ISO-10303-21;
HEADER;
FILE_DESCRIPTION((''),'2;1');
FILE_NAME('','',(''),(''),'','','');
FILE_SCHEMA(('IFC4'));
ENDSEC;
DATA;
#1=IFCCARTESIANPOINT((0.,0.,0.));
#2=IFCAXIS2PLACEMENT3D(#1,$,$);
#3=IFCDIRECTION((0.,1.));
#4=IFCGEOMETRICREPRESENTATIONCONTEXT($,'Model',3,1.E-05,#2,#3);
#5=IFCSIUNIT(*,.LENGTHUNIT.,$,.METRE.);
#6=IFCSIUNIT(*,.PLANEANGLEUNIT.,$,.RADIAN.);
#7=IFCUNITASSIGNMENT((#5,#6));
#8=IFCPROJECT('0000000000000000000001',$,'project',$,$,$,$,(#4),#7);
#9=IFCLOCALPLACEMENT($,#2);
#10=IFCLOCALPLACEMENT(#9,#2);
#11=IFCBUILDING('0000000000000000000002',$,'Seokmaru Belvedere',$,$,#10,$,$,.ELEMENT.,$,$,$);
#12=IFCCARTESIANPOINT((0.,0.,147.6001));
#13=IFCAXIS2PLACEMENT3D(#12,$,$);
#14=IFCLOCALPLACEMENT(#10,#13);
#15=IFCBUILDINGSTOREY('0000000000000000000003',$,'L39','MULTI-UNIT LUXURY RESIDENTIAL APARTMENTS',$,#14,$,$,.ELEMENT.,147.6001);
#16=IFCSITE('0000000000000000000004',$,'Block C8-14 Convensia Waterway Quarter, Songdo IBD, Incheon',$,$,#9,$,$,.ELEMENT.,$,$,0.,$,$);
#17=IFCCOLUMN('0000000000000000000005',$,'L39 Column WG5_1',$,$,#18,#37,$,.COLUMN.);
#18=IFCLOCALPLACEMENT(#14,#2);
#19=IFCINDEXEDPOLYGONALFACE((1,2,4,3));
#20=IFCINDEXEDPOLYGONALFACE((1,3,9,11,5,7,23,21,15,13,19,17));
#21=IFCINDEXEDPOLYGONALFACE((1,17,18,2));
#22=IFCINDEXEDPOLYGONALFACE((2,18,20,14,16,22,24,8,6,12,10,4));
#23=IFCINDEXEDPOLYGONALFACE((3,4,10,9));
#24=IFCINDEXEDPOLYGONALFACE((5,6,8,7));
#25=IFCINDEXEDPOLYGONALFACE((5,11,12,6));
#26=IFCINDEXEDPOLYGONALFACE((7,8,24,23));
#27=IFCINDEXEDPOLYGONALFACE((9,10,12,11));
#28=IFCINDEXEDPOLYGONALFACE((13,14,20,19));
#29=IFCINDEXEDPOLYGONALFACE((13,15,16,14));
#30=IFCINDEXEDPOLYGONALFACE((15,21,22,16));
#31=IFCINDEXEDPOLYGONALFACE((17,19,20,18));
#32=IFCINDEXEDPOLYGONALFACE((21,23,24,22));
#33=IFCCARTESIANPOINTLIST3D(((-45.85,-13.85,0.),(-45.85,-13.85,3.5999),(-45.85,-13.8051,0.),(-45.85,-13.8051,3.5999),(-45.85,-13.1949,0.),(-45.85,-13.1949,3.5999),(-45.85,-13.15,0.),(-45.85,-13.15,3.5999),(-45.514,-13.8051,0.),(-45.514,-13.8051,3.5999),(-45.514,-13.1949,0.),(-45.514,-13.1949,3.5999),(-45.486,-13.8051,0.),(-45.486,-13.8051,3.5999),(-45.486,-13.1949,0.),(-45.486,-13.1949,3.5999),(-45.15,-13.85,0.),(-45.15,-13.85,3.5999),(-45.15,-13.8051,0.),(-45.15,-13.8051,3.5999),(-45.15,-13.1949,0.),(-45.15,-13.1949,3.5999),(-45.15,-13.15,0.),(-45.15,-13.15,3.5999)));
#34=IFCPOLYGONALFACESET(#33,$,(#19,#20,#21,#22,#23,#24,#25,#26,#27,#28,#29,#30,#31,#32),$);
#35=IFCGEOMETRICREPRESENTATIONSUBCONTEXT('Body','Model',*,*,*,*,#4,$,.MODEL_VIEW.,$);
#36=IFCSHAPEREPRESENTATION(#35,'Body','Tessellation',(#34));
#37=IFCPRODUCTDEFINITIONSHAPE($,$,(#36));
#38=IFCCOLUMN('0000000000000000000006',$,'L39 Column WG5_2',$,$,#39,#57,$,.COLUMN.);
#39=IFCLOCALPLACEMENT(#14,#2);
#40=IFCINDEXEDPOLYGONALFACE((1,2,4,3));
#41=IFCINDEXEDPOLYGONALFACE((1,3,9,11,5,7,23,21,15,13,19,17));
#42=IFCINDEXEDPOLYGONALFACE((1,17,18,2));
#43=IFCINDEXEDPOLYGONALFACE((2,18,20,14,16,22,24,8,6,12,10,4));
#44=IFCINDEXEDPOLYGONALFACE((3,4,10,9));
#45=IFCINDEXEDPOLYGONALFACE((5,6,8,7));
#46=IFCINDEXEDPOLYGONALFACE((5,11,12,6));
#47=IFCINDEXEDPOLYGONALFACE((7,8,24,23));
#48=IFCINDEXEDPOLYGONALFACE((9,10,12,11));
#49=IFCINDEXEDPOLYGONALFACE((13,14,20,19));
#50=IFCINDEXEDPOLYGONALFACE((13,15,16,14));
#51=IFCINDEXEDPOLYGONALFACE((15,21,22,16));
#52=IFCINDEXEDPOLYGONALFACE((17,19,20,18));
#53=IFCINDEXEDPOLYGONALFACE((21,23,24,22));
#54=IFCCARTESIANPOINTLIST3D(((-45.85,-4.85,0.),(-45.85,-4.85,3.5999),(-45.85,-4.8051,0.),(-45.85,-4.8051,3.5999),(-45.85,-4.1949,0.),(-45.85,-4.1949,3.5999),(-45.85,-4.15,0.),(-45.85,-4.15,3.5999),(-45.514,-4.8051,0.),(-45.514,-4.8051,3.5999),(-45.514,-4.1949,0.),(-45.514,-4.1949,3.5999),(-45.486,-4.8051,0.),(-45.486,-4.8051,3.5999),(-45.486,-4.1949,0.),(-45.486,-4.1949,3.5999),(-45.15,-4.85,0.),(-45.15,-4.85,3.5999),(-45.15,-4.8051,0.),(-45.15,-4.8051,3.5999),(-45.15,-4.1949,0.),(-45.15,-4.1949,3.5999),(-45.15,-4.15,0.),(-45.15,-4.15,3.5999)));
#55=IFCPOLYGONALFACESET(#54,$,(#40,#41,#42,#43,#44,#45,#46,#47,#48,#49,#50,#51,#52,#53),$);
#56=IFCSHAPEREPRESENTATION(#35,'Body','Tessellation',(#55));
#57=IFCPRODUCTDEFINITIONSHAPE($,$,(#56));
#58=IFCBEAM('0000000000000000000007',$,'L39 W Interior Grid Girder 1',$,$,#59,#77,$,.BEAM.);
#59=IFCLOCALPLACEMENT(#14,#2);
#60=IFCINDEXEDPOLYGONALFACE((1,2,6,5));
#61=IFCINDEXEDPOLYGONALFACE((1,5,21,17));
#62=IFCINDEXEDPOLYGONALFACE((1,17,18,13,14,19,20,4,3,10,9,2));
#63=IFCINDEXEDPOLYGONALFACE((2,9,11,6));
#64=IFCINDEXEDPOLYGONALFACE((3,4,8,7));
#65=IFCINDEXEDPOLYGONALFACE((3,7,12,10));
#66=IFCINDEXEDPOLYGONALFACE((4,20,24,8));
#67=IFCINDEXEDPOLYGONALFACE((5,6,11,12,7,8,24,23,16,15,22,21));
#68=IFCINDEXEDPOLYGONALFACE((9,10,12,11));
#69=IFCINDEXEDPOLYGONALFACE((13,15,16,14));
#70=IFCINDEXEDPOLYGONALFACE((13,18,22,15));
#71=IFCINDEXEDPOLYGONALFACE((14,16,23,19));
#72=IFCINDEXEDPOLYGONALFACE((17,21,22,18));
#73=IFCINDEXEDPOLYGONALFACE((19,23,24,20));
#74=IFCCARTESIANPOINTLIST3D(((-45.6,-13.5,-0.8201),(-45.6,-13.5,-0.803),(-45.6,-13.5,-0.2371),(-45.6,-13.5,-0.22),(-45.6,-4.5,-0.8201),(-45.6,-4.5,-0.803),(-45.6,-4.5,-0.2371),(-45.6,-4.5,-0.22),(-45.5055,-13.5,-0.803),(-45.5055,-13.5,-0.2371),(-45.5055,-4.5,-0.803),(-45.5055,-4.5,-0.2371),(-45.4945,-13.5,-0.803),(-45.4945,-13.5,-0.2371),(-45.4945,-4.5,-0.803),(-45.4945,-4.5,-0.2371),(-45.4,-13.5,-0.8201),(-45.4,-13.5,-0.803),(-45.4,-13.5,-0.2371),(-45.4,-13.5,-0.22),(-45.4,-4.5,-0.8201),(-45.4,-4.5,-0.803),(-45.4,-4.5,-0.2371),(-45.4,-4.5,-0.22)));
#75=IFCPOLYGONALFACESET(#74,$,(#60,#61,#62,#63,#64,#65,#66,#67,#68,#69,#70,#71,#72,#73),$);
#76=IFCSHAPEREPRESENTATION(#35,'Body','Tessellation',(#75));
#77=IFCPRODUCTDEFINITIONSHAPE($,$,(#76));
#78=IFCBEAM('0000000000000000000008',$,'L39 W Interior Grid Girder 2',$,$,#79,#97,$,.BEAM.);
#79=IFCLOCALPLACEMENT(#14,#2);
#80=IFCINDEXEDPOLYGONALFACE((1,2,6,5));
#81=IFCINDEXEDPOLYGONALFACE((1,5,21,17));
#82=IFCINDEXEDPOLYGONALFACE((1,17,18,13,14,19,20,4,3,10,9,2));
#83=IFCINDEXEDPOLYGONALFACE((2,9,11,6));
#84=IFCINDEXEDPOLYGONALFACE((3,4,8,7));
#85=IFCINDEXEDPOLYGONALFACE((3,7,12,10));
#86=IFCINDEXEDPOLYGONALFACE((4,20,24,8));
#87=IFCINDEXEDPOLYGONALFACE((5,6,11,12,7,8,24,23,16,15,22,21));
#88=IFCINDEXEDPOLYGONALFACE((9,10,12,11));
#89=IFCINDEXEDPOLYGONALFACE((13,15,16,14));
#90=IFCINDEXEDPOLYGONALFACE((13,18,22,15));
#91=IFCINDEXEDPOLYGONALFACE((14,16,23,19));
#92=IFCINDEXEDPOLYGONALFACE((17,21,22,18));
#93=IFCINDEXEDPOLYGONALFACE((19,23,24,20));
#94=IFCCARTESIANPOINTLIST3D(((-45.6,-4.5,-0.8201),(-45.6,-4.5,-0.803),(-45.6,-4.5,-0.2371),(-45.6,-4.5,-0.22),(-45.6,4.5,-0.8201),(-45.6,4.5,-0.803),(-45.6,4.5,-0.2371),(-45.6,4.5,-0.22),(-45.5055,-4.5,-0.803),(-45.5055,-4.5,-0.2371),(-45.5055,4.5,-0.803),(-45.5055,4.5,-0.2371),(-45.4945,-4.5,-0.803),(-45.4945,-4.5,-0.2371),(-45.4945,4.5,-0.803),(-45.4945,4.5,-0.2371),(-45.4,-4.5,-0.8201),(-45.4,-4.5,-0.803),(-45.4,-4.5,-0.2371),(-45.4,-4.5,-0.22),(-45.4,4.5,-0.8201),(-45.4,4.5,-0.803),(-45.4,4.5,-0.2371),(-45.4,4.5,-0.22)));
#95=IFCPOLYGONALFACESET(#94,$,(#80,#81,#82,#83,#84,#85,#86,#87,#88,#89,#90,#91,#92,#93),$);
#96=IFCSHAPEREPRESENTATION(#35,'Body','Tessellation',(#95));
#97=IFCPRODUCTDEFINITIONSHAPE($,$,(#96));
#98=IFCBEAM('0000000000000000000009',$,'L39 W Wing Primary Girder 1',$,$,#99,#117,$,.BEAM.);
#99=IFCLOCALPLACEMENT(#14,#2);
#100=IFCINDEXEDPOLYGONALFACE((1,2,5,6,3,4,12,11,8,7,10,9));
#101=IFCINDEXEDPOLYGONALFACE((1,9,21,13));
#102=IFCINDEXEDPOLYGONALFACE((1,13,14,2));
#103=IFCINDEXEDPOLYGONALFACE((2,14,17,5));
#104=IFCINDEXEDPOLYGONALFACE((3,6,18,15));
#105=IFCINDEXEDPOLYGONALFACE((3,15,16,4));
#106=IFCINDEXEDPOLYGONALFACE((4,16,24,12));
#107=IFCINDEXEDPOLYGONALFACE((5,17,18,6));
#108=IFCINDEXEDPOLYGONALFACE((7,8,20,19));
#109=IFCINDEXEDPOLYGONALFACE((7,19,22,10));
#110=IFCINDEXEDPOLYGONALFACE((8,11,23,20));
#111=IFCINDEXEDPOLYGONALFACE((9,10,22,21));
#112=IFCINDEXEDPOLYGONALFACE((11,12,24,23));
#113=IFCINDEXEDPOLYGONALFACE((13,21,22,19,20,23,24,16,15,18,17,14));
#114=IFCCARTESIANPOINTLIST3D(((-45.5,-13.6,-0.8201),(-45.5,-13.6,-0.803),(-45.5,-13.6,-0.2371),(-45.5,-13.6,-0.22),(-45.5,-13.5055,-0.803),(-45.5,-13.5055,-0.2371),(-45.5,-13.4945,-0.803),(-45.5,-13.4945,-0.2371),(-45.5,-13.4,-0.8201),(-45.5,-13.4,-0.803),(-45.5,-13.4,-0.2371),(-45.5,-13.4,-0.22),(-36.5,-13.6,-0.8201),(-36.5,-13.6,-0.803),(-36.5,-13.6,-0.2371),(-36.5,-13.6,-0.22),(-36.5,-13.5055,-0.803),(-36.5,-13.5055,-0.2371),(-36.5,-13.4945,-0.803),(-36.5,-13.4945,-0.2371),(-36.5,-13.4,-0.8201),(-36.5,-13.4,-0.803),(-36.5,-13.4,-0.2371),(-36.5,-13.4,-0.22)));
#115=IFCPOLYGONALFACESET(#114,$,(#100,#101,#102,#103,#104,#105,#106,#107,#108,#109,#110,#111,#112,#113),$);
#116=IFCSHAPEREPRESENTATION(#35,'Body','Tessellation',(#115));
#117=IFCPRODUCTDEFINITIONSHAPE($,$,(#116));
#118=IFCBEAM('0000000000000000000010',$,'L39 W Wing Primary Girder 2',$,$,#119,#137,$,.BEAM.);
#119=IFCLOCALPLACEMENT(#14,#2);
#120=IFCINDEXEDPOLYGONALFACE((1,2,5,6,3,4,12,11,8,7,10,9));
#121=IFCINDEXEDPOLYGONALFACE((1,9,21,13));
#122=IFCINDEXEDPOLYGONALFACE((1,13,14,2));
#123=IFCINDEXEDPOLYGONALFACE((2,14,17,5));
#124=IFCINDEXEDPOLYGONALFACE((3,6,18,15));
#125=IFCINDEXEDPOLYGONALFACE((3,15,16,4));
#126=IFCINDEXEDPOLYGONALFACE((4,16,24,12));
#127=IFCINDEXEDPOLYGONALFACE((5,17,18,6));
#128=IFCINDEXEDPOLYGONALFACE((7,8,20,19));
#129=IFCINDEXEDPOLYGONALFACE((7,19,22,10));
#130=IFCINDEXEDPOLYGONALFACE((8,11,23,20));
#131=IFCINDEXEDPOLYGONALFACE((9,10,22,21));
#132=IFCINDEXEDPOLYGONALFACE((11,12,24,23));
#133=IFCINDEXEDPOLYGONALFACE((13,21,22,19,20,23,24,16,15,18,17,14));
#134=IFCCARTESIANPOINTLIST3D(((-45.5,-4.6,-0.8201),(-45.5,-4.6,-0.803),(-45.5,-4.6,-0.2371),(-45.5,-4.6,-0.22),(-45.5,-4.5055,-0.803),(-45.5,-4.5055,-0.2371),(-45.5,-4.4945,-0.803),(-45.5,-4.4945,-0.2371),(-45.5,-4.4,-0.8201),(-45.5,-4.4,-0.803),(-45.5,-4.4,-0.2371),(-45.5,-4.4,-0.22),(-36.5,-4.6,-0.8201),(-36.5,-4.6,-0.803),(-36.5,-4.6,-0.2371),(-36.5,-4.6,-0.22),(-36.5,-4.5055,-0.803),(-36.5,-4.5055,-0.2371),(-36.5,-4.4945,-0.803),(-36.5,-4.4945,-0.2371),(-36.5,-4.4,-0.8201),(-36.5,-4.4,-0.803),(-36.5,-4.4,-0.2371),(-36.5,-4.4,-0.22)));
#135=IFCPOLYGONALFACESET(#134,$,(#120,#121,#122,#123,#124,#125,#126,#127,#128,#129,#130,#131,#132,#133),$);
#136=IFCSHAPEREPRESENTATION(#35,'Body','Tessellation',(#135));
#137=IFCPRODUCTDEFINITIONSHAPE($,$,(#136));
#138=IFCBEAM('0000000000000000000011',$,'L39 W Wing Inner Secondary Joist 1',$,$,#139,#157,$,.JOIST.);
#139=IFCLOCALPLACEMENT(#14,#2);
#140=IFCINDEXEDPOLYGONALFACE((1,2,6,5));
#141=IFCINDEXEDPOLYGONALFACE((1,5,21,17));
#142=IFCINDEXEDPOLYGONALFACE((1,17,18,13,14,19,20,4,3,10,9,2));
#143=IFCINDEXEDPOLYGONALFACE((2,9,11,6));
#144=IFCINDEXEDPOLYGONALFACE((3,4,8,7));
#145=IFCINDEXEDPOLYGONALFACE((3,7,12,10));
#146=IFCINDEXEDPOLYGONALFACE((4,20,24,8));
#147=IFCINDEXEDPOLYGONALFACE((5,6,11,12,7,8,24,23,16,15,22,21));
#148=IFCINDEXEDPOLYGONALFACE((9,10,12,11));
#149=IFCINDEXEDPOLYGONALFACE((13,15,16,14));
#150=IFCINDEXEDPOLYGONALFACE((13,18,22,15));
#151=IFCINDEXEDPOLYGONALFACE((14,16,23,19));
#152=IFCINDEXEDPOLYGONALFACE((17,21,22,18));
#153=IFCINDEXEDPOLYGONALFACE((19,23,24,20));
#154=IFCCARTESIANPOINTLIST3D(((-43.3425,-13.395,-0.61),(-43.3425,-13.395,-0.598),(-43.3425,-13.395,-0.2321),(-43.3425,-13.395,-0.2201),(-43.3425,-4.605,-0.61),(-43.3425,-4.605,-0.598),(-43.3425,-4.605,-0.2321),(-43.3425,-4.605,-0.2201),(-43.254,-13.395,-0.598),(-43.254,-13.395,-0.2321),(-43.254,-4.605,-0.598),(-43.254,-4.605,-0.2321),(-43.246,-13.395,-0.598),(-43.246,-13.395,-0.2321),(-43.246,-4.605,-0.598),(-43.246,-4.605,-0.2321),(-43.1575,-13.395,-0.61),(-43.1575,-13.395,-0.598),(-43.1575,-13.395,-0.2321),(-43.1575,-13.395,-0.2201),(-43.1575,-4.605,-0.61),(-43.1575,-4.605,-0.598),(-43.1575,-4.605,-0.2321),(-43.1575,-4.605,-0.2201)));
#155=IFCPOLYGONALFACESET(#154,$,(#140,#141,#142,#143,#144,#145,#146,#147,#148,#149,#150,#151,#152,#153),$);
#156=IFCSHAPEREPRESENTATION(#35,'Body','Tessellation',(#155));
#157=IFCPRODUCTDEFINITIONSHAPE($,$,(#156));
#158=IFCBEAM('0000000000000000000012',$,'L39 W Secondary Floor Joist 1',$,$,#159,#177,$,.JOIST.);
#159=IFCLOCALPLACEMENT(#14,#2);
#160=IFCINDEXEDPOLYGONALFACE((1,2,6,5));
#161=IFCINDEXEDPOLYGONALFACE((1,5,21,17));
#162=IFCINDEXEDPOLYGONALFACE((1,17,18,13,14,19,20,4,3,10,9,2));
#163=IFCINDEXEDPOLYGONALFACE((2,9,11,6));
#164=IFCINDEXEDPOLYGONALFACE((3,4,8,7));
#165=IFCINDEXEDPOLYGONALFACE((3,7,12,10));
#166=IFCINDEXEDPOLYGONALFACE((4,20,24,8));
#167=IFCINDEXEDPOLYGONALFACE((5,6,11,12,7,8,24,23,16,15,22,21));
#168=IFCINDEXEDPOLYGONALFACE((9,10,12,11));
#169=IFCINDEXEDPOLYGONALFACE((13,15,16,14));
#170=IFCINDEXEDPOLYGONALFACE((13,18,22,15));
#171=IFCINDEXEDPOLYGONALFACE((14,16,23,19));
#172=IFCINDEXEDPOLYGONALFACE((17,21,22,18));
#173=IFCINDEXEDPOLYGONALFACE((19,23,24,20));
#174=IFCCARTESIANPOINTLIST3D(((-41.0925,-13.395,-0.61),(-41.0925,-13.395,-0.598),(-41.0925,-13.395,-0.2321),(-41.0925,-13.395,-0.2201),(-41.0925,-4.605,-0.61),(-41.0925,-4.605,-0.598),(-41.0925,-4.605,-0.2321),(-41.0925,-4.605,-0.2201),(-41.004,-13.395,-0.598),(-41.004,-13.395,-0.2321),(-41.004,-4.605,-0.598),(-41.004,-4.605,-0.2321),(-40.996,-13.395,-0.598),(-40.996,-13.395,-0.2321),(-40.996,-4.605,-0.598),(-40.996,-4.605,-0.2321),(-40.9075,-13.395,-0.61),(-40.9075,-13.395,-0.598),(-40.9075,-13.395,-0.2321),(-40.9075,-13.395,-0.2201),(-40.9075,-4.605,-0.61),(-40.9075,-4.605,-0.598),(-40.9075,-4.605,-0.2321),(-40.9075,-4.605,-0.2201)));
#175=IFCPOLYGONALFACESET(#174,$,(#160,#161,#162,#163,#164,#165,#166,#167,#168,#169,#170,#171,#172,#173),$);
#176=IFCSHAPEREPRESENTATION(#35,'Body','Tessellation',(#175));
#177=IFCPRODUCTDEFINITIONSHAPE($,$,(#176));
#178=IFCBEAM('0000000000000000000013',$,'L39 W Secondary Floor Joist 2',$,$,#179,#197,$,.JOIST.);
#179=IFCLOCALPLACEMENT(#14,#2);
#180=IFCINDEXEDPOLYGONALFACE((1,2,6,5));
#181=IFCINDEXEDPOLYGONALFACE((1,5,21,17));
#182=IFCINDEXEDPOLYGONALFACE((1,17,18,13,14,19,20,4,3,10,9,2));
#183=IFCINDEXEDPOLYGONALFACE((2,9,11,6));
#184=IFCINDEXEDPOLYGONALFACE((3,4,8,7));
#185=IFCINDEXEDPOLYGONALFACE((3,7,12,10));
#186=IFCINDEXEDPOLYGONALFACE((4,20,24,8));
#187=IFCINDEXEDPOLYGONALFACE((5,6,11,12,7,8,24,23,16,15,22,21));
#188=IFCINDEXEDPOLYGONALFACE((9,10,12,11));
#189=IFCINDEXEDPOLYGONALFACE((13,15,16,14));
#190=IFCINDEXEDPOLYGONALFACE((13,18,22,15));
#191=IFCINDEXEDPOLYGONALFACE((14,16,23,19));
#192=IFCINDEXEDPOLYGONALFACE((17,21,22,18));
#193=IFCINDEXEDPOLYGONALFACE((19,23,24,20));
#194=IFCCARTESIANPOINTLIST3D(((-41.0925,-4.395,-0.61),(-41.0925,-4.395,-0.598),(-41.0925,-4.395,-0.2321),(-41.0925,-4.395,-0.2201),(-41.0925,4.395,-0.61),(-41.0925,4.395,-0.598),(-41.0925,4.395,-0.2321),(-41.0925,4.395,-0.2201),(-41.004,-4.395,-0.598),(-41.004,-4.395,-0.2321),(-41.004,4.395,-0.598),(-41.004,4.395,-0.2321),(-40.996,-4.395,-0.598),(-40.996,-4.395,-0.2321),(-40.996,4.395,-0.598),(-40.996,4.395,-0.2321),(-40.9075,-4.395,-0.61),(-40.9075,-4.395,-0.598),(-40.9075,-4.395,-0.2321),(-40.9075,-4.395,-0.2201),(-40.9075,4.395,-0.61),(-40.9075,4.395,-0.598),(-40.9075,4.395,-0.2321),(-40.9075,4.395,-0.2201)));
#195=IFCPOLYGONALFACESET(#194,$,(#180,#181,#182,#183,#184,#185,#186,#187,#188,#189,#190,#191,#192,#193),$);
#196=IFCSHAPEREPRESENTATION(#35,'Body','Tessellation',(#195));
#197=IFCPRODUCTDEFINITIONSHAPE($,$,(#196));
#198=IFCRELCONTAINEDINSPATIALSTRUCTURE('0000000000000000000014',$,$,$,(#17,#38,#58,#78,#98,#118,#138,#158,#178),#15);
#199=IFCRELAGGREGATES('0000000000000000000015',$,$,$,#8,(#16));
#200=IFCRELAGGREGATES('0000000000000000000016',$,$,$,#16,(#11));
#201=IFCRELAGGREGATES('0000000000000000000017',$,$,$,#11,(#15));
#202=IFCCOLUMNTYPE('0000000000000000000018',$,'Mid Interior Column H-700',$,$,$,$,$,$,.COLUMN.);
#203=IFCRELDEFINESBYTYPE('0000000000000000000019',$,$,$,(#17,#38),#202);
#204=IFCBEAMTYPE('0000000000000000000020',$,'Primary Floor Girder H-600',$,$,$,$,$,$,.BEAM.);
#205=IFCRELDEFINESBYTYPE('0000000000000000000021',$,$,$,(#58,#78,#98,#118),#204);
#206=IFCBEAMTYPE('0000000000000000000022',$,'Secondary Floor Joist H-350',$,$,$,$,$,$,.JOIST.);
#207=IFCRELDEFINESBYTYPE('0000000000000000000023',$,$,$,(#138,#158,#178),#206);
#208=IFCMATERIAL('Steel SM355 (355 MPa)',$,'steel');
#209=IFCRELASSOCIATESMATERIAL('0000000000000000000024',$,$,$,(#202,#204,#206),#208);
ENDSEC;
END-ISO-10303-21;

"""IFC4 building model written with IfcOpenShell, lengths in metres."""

from ifc_helpers import new_model, si_unit, direction, frame, origin, origin_2d, place, context, subcontext, project, spatial, i_section, extrude, source, transform, mapped, material, material_profile, profile_set, type_object, type_shapes, element, save


model = new_model("IFC4")

# Units and contexts
model_context = context("Model", 3, precision=1e-05, world=origin(), true_north=direction((0.0, 1.0)))
body_context = subcontext(model_context, "Body", "Model", "MODEL_VIEW")
ifc_project = project(units=[si_unit("LENGTHUNIT", "METRE"), si_unit("PLANEANGLEUNIT", "RADIAN")], contexts=[model_context])

# Site, building, storey
site_placement = place(None, origin())
site = spatial("IfcSite", under=ifc_project, at=site_placement, Name="Block C8-14 Convensia Waterway Quarter, Songdo IBD, Incheon", CompositionType="ELEMENT", RefElevation=0.0)
building_placement = place(site_placement, origin())
building = spatial("IfcBuilding", under=site, at=building_placement, Name="Seokmaru Belvedere", CompositionType="ELEMENT")
storey_placement = place(building_placement, frame((0.0, 0.0, 147.6001)))
storey = spatial("IfcBuildingStorey", under=building, at=storey_placement, Name="L39", Description="MULTI-UNIT LUXURY RESIDENTIAL APARTMENTS", CompositionType="ELEMENT", Elevation=147.6001)

# Columns
ifc_material_1 = material(Name="Steel SM355 (355 MPa)", Category="steel")
ifc_material_profile_1 = material_profile(ifc_material_1, i_section(OverallWidth=0.7, OverallDepth=0.7, WebThickness=0.0281, FlangeThickness=0.0449, at=origin_2d()), Name="H-700x700x28x45")
ifc_profile_set_1 = profile_set([ifc_material_profile_1], Name="Steel SM355 (355 MPa)")
column_type = type_object("IfcColumnType", Name="Mid Interior Column H-700", PredefinedType="COLUMN", material=ifc_profile_set_1)
shared_shape_1 = source(origin(), body_context, "Body", "SweptSolid", [
    extrude(i_section(OverallWidth=0.7, OverallDepth=0.7, WebThickness=0.0281, FlangeThickness=0.0449, at=origin_2d()), origin(), (0.0, 0.0, 1.0), 3.5999),
])
type_shapes(column_type, [shared_shape_1])
for number, where, z_axis, x_axis, name in (
    (1, (-45.5, -13.5, 0.0), (0.0, 0.0, 1.0), (1.0, 0.0, 0.0), "L39 Column WG5_1"),
    (2, (-45.5, -4.5, 0.0), (0.0, 0.0, 1.0), (1.0, 0.0, 0.0), "L39 Column WG5_2"),
):
    element("IfcColumn", number, at=place(storey_placement, frame(where, z_axis=z_axis, x_axis=x_axis)), inside=storey, type_object=column_type, Name=name, PredefinedType="COLUMN", context=body_context, shape_type="MappedRepresentation", body=[
        mapped(shared_shape_1, transform((0.0, 0.0, 0.0), scale=1.0)),
    ])

# Beams
ifc_material_profile_2 = material_profile(ifc_material_1, i_section(OverallWidth=0.2, OverallDepth=0.6001, WebThickness=0.011, FlangeThickness=0.0171, at=origin_2d()), Name="H-600x200x11x17")
ifc_profile_set_2 = profile_set([ifc_material_profile_2], Name="Steel SM355 (355 MPa)")
beam_type_1 = type_object("IfcBeamType", Name="Primary Floor Girder H-600", PredefinedType="BEAM", material=ifc_profile_set_2)
shared_shape_2 = source(origin(), body_context, "Body", "SweptSolid", [
    extrude(i_section(OverallWidth=0.2, OverallDepth=0.6001, WebThickness=0.011, FlangeThickness=0.0171, at=origin_2d()), origin(), (0.0, 0.0, 1.0), 9.0),
])
type_shapes(beam_type_1, [shared_shape_2])
for number, where, z_axis, x_axis, name in (
    (3, (-45.5, -13.5, -0.52), (0.0, 1.0, 0.0), (-1.0, 0.0, 0.0), "L39 W Interior Grid Girder 1"),
    (4, (-45.5, -4.5, -0.52), (0.0, 1.0, 0.0), (-1.0, 0.0, 0.0), "L39 W Interior Grid Girder 2"),
    (5, (-45.5, -13.5, -0.52), (1.0, 0.0, 0.0), (0.0, 1.0, 0.0), "L39 W Wing Primary Girder 1"),
    (6, (-45.5, -4.5, -0.52), (1.0, 0.0, 0.0), (0.0, 1.0, 0.0), "L39 W Wing Primary Girder 2"),
):
    element("IfcBeam", number, at=place(storey_placement, frame(where, z_axis=z_axis, x_axis=x_axis)), inside=storey, type_object=beam_type_1, Name=name, PredefinedType="BEAM", context=body_context, shape_type="MappedRepresentation", body=[
        mapped(shared_shape_2, transform((0.0, 0.0, 0.0), scale=1.0)),
    ])
ifc_material_profile_3 = material_profile(ifc_material_1, i_section(OverallWidth=0.1851, OverallDepth=0.3899, WebThickness=0.0081, FlangeThickness=0.012, at=origin_2d()), Name="H-390x185x8x12")
ifc_profile_set_3 = profile_set([ifc_material_profile_3], Name="Steel SM355 (355 MPa)")
beam_type_2 = type_object("IfcBeamType", Name="Secondary Floor Joist H-350", PredefinedType="JOIST", material=ifc_profile_set_3)
shared_shape_3 = source(origin(), body_context, "Body", "SweptSolid", [
    extrude(i_section(OverallWidth=0.1851, OverallDepth=0.3899, WebThickness=0.0081, FlangeThickness=0.012, at=origin_2d()), origin(), (0.0, 0.0, 1.0), 8.79),
])
type_shapes(beam_type_2, [shared_shape_3])
for number, where, z_axis, x_axis, name in (
    (7, (-43.25, -13.395, -0.415), (0.0, 1.0, 0.0), (-1.0, 0.0, 0.0), "L39 W Wing Inner Secondary Joist 1"),
    (8, (-41.0, -13.395, -0.415), (0.0, 1.0, 0.0), (-1.0, 0.0, 0.0), "L39 W Secondary Floor Joist 1"),
    (9, (-41.0, -4.395, -0.415), (0.0, 1.0, 0.0), (-1.0, 0.0, 0.0), "L39 W Secondary Floor Joist 2"),
):
    element("IfcBeam", number, at=place(storey_placement, frame(where, z_axis=z_axis, x_axis=x_axis)), inside=storey, type_object=beam_type_2, Name=name, PredefinedType="JOIST", context=body_context, shape_type="MappedRepresentation", body=[
        mapped(shared_shape_3, transform((0.0, 0.0, 0.0), scale=1.0)),
    ])

save(model, "model.ifc")
